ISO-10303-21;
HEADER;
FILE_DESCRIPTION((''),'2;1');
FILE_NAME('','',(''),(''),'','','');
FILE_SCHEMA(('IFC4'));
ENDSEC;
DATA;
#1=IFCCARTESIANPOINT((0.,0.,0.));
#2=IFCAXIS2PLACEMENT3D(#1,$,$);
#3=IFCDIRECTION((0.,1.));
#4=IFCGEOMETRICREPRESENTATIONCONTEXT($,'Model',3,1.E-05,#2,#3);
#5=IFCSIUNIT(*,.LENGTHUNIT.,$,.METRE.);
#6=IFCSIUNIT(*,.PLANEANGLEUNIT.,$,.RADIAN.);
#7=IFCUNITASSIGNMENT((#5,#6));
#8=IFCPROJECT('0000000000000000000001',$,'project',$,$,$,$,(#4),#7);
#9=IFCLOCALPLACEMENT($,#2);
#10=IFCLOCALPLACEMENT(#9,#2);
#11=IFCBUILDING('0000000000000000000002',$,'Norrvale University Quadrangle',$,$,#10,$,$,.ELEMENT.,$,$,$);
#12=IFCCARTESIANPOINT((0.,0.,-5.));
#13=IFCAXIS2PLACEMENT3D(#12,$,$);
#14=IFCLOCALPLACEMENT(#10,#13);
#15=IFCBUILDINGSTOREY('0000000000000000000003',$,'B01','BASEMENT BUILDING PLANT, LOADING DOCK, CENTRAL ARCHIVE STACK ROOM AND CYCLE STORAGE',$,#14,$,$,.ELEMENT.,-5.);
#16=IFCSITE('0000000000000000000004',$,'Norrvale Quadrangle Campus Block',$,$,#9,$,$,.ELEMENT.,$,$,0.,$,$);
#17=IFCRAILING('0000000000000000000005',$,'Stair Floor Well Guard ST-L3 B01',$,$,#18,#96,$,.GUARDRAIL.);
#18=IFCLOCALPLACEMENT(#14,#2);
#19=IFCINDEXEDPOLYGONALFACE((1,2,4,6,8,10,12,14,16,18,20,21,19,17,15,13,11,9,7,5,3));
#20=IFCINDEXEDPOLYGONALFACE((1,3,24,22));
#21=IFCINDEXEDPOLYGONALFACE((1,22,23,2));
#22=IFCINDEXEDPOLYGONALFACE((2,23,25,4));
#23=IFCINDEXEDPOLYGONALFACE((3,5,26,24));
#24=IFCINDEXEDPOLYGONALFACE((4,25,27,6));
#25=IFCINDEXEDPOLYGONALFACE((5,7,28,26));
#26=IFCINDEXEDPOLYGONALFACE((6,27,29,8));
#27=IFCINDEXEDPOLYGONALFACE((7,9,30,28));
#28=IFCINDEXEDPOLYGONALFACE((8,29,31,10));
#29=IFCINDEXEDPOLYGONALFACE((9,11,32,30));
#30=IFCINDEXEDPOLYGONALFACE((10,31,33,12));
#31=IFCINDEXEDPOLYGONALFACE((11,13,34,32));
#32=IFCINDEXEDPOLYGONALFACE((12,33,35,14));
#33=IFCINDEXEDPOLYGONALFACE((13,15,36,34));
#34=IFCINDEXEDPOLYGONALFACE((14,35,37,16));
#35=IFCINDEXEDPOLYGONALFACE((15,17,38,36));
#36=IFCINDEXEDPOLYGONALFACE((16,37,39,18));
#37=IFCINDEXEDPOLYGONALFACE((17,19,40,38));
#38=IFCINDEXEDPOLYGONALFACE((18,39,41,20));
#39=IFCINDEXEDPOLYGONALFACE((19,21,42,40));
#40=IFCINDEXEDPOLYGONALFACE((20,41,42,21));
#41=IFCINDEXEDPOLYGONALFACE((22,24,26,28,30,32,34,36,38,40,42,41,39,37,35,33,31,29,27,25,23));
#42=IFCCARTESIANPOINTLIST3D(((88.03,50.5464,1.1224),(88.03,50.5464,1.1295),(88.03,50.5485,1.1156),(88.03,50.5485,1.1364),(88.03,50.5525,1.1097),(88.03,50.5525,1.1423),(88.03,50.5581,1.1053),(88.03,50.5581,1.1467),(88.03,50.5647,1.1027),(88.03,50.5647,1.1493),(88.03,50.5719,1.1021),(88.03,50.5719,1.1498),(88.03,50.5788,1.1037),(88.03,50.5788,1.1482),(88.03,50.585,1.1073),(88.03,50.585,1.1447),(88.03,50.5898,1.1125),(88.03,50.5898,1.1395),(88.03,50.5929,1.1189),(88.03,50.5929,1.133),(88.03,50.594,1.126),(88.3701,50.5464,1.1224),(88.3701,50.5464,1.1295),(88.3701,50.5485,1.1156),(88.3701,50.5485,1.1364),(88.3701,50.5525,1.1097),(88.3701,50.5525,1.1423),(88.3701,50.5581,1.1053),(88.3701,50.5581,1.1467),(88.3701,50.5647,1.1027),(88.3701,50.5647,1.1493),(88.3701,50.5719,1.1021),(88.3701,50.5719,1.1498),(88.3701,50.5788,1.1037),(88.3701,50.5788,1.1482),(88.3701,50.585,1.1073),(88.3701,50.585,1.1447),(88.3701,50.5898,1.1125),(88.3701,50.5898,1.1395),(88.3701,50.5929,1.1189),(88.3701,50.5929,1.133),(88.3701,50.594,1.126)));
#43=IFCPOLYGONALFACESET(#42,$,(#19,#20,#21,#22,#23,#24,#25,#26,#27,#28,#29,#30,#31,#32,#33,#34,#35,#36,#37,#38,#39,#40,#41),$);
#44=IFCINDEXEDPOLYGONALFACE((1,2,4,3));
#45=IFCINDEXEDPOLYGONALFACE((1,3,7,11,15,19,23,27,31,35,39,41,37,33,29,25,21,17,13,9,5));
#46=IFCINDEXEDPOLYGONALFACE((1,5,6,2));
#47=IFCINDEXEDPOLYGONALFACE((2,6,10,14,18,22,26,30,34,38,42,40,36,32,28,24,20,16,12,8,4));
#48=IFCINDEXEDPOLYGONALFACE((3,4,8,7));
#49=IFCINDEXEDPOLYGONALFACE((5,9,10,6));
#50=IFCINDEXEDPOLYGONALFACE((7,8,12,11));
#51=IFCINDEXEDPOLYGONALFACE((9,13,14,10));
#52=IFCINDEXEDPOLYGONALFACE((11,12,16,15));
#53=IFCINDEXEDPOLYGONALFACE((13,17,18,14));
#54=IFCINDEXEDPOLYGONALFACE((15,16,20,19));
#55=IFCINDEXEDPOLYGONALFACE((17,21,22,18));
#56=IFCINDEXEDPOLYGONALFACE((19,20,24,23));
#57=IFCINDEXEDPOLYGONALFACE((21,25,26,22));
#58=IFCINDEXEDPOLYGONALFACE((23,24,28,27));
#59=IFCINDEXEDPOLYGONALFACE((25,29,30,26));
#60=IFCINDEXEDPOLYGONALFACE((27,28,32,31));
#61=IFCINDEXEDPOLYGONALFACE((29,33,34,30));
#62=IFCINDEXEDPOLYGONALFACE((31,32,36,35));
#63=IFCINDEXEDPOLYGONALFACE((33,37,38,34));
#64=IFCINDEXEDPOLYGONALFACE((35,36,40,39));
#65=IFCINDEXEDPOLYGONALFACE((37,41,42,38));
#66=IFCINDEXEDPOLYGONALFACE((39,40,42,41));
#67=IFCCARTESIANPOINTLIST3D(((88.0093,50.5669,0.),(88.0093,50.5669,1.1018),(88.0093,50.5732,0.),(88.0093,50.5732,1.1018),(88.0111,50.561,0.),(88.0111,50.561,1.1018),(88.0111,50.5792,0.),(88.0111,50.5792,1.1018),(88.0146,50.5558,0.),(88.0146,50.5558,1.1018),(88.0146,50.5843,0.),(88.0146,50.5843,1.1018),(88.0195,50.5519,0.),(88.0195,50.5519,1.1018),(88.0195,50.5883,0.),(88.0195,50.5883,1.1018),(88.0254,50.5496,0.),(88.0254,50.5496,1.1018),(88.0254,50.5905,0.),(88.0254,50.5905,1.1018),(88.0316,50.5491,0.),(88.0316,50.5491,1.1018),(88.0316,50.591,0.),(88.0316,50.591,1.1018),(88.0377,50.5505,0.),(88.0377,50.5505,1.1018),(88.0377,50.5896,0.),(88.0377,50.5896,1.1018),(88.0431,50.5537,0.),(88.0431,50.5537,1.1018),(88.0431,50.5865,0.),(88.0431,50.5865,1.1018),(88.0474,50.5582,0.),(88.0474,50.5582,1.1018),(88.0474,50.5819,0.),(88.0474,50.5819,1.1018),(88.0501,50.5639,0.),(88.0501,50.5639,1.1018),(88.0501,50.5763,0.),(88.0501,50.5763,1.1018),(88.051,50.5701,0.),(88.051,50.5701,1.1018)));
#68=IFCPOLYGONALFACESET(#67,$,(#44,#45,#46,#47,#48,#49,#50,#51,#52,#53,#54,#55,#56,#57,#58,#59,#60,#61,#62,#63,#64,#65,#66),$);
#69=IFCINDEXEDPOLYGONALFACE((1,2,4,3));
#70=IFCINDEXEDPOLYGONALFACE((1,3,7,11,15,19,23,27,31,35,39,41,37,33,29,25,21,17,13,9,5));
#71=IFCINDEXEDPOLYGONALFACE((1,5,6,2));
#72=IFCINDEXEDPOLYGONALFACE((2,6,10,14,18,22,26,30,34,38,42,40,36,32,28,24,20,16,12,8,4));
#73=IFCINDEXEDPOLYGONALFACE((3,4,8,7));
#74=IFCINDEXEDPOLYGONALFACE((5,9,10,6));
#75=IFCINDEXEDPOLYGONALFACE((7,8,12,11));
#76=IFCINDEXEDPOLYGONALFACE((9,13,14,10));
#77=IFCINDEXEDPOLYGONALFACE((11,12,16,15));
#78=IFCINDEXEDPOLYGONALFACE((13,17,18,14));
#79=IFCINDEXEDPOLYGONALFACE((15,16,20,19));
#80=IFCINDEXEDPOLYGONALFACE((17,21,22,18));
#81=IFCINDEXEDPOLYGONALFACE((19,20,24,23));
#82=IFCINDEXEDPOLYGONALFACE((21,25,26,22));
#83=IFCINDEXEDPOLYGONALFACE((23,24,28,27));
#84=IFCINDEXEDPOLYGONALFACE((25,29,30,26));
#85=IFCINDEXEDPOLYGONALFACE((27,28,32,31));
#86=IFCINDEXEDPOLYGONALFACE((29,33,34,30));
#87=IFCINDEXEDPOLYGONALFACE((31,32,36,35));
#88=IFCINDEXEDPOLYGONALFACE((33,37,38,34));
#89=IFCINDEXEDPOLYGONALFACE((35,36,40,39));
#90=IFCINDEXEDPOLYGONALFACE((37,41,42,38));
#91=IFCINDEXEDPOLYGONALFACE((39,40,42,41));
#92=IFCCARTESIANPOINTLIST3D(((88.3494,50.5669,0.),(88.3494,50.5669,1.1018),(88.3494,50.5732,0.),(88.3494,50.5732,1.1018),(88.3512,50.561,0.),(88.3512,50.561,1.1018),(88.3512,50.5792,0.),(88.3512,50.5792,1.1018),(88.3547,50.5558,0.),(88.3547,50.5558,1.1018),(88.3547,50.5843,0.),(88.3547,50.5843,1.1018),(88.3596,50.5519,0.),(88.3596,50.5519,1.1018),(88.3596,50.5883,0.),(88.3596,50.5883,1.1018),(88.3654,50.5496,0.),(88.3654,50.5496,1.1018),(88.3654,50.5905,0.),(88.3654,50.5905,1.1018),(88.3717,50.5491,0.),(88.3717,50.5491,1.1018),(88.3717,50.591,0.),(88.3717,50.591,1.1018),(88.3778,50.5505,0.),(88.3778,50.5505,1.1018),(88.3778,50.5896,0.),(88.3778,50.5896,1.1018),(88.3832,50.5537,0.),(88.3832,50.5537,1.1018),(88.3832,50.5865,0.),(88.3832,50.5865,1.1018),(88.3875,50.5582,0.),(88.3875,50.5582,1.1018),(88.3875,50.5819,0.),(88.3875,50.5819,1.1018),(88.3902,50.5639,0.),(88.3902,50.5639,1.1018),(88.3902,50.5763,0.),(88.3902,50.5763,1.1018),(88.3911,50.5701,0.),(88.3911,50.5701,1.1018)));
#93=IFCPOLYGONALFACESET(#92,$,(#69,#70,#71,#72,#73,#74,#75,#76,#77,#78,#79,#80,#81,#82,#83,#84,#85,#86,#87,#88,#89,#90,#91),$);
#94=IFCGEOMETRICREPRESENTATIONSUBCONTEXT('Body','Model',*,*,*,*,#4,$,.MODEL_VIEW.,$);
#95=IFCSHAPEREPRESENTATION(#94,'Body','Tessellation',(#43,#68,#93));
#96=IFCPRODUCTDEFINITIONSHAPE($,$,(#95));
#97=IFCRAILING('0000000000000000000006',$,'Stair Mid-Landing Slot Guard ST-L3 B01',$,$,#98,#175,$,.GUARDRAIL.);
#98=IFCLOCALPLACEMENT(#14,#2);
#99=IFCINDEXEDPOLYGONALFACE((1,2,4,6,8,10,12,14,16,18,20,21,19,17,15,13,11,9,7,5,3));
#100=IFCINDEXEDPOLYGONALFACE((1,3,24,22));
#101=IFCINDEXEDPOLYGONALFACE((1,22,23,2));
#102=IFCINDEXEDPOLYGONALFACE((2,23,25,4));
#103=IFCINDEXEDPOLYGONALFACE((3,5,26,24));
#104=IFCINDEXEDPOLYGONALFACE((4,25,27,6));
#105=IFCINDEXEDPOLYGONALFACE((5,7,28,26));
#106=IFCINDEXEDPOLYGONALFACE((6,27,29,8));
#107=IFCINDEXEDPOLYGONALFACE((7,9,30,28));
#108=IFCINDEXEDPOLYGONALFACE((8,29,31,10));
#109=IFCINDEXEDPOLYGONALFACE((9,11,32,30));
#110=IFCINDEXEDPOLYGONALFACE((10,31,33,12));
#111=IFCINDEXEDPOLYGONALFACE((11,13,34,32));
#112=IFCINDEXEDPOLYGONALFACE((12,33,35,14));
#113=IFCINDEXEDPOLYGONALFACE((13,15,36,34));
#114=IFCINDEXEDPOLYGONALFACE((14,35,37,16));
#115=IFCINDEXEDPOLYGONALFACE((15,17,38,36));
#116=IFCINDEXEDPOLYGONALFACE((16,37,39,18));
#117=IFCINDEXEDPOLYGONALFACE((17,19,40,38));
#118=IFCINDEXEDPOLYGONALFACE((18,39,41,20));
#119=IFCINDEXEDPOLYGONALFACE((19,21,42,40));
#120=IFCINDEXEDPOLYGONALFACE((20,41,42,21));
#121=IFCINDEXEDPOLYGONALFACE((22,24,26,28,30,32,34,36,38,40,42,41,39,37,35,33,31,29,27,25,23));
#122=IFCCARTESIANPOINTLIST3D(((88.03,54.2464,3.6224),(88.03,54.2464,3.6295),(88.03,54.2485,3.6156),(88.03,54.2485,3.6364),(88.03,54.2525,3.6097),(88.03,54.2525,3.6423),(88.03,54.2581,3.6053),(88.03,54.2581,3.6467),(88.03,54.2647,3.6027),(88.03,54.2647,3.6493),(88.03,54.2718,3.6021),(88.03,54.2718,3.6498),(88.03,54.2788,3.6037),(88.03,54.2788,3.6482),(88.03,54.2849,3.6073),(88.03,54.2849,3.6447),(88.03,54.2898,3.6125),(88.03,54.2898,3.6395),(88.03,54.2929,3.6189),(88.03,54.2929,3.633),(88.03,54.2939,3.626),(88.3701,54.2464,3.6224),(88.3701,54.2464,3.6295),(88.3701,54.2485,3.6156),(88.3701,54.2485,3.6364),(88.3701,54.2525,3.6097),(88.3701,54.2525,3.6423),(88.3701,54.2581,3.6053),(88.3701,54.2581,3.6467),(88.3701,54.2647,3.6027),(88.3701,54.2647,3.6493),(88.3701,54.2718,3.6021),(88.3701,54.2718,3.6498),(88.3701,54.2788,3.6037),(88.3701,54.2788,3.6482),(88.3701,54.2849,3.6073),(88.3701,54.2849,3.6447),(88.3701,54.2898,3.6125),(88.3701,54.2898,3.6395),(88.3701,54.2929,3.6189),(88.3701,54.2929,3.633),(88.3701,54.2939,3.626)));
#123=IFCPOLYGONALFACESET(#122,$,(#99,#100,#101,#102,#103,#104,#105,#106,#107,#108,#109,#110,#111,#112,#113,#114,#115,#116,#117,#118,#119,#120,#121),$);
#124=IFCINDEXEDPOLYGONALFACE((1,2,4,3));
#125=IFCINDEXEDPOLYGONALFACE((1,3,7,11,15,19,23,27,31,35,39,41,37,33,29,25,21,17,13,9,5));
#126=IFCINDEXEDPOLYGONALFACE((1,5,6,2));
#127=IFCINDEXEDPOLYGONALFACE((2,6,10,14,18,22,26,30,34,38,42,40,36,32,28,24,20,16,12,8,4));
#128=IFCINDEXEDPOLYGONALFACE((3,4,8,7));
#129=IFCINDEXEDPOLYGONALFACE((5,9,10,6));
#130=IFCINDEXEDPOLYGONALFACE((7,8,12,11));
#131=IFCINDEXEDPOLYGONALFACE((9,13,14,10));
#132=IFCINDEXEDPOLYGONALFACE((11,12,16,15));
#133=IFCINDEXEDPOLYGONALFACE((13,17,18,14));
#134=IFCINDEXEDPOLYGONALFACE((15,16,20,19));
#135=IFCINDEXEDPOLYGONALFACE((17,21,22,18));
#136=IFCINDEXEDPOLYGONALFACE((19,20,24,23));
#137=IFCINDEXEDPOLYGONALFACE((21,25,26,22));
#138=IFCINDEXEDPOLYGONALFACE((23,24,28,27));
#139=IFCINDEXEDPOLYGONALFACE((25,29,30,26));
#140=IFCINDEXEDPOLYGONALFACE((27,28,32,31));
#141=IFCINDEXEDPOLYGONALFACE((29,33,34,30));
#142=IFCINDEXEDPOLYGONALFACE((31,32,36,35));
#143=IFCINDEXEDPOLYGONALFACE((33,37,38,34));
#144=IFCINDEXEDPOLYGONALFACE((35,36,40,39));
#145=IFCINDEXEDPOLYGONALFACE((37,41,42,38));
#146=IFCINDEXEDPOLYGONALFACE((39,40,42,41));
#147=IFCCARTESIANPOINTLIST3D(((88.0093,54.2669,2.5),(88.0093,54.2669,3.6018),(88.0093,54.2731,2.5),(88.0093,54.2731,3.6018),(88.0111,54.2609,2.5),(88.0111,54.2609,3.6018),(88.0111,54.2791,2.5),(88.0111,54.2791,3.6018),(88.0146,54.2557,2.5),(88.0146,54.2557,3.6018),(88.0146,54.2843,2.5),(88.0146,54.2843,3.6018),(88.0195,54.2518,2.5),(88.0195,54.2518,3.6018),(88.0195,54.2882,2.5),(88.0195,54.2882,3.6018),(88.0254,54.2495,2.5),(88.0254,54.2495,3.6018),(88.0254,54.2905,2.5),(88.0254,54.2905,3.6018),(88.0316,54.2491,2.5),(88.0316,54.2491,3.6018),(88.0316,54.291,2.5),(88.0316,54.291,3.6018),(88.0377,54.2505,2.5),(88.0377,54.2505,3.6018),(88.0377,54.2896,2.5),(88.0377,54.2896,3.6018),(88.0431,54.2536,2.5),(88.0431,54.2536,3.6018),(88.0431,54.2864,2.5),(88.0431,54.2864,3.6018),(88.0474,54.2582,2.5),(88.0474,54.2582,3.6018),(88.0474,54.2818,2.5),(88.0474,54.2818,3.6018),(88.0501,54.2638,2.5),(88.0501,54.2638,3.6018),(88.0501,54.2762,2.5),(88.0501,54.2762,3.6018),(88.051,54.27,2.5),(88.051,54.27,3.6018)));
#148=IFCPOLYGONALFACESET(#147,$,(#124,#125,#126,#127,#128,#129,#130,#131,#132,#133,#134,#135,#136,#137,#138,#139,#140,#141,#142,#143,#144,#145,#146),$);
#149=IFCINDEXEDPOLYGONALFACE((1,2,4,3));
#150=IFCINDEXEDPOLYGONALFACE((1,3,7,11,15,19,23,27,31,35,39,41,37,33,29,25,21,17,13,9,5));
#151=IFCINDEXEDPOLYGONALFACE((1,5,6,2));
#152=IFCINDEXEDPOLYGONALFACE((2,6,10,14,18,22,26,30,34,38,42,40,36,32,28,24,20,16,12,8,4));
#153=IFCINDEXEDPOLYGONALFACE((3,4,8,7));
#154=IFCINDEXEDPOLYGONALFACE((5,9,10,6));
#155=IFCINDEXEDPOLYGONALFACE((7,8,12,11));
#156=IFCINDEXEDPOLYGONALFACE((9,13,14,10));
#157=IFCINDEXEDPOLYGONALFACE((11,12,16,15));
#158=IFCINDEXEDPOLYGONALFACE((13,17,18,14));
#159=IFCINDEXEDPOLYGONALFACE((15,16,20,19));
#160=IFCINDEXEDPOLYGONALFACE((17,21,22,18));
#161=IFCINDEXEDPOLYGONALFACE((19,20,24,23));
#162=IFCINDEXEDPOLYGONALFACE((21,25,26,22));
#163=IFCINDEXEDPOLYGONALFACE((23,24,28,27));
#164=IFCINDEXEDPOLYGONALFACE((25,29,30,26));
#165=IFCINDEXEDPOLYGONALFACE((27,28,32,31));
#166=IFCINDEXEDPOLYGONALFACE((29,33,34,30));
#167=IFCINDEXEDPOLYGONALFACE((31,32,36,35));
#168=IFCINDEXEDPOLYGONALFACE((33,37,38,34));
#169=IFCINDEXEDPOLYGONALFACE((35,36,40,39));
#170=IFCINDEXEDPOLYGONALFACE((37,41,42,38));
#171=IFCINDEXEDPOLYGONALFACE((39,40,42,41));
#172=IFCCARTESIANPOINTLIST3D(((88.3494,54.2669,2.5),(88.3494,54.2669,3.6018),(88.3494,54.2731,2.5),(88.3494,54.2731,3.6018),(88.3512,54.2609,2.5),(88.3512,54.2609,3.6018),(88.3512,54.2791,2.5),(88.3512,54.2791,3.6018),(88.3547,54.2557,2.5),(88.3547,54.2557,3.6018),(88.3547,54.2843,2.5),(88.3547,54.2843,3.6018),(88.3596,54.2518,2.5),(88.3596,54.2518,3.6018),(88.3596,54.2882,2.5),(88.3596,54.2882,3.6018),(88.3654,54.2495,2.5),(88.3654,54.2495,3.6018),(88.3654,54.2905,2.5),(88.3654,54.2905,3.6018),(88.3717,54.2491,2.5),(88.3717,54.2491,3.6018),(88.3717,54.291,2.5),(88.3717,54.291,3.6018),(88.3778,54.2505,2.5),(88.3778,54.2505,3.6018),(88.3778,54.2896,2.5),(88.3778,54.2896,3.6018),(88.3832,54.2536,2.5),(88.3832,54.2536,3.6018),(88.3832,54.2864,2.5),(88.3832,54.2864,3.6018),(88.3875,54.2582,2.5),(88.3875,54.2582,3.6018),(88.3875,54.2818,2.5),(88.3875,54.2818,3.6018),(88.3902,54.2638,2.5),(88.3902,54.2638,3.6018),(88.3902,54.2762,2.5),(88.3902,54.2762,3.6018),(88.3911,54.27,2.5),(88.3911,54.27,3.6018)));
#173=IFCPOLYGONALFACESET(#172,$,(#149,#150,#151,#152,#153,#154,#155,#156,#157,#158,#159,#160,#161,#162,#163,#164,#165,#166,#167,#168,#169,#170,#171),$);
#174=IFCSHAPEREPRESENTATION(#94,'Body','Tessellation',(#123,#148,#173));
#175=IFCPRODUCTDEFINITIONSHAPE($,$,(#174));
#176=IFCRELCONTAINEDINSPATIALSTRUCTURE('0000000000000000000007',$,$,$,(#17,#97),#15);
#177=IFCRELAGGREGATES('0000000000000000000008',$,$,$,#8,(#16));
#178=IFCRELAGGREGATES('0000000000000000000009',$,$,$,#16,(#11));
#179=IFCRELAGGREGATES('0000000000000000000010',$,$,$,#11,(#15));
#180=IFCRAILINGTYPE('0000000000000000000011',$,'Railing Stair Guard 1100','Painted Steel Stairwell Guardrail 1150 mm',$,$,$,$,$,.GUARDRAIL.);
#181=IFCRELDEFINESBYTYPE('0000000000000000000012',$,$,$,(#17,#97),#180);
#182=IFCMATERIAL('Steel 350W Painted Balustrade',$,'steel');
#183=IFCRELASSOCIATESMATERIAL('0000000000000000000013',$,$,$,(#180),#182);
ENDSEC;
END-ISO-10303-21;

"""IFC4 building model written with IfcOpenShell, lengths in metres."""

from ifc_helpers import new_model, si_unit, direction, frame, origin, origin_2d, place, context, subcontext, project, spatial, circle, extrude, material, type_object, element, save


model = new_model("IFC4")

# Units and contexts
model_context = context("Model", 3, precision=1e-05, world=origin(), true_north=direction((0.0, 1.0)))
body_context = subcontext(model_context, "Body", "Model", "MODEL_VIEW")
ifc_project = project(units=[si_unit("LENGTHUNIT", "METRE"), si_unit("PLANEANGLEUNIT", "RADIAN")], contexts=[model_context])

# Site, building, storey
site_placement = place(None, origin())
site = spatial("IfcSite", under=ifc_project, at=site_placement, Name="Norrvale Quadrangle Campus Block", CompositionType="ELEMENT", RefElevation=0.0)
building_placement = place(site_placement, origin())
building = spatial("IfcBuilding", under=site, at=building_placement, Name="Norrvale University Quadrangle", CompositionType="ELEMENT")
storey_placement = place(building_placement, frame((0.0, 0.0, -5.0)))
storey = spatial("IfcBuildingStorey", under=building, at=storey_placement, Name="B01", Description="BASEMENT BUILDING PLANT, LOADING DOCK, CENTRAL ARCHIVE STACK ROOM AND CYCLE STORAGE", CompositionType="ELEMENT", Elevation=-5.0)

# Railings
ifc_material_1 = material(Name="Steel 350W Painted Balustrade", Category="steel")
railing_type_1 = type_object("IfcRailingType", Name="Railing Stair Guard 1100", Description="Painted Steel Stairwell Guardrail 1150 mm", PredefinedType="GUARDRAIL", material=ifc_material_1)
for number, where, name in (
    (1, (88.03, 50.5701, 0.0), "Stair Floor Well Guard ST-L3 B01"),
    (2, (88.03, 54.27, 2.5), "Stair Mid-Landing Slot Guard ST-L3 B01"),
):
    element("IfcRailing", number, at=place(storey_placement, frame(where)), inside=storey, type_object=railing_type_1, Name=name, PredefinedType="GUARDRAIL", context=body_context, shape_type="SweptSolid", body=[
        extrude(circle(Radius=0.0239, at=origin_2d()), frame((0.0, 0.0, 1.126), z_axis=(1.0, 0.0, 0.0), x_axis=(0.0, 1.0, 0.0)), (0.0, 0.0, 1.0), 0.3401),
        extrude(circle(Radius=0.021, at=origin_2d()), origin(), (0.0, 0.0, 1.0), 1.1018),
        extrude(circle(Radius=0.021, at=origin_2d()), frame((0.3401, 0.0, 0.0)), (0.0, 0.0, 1.0), 1.1018),
    ])

save(model, "model.ifc")
